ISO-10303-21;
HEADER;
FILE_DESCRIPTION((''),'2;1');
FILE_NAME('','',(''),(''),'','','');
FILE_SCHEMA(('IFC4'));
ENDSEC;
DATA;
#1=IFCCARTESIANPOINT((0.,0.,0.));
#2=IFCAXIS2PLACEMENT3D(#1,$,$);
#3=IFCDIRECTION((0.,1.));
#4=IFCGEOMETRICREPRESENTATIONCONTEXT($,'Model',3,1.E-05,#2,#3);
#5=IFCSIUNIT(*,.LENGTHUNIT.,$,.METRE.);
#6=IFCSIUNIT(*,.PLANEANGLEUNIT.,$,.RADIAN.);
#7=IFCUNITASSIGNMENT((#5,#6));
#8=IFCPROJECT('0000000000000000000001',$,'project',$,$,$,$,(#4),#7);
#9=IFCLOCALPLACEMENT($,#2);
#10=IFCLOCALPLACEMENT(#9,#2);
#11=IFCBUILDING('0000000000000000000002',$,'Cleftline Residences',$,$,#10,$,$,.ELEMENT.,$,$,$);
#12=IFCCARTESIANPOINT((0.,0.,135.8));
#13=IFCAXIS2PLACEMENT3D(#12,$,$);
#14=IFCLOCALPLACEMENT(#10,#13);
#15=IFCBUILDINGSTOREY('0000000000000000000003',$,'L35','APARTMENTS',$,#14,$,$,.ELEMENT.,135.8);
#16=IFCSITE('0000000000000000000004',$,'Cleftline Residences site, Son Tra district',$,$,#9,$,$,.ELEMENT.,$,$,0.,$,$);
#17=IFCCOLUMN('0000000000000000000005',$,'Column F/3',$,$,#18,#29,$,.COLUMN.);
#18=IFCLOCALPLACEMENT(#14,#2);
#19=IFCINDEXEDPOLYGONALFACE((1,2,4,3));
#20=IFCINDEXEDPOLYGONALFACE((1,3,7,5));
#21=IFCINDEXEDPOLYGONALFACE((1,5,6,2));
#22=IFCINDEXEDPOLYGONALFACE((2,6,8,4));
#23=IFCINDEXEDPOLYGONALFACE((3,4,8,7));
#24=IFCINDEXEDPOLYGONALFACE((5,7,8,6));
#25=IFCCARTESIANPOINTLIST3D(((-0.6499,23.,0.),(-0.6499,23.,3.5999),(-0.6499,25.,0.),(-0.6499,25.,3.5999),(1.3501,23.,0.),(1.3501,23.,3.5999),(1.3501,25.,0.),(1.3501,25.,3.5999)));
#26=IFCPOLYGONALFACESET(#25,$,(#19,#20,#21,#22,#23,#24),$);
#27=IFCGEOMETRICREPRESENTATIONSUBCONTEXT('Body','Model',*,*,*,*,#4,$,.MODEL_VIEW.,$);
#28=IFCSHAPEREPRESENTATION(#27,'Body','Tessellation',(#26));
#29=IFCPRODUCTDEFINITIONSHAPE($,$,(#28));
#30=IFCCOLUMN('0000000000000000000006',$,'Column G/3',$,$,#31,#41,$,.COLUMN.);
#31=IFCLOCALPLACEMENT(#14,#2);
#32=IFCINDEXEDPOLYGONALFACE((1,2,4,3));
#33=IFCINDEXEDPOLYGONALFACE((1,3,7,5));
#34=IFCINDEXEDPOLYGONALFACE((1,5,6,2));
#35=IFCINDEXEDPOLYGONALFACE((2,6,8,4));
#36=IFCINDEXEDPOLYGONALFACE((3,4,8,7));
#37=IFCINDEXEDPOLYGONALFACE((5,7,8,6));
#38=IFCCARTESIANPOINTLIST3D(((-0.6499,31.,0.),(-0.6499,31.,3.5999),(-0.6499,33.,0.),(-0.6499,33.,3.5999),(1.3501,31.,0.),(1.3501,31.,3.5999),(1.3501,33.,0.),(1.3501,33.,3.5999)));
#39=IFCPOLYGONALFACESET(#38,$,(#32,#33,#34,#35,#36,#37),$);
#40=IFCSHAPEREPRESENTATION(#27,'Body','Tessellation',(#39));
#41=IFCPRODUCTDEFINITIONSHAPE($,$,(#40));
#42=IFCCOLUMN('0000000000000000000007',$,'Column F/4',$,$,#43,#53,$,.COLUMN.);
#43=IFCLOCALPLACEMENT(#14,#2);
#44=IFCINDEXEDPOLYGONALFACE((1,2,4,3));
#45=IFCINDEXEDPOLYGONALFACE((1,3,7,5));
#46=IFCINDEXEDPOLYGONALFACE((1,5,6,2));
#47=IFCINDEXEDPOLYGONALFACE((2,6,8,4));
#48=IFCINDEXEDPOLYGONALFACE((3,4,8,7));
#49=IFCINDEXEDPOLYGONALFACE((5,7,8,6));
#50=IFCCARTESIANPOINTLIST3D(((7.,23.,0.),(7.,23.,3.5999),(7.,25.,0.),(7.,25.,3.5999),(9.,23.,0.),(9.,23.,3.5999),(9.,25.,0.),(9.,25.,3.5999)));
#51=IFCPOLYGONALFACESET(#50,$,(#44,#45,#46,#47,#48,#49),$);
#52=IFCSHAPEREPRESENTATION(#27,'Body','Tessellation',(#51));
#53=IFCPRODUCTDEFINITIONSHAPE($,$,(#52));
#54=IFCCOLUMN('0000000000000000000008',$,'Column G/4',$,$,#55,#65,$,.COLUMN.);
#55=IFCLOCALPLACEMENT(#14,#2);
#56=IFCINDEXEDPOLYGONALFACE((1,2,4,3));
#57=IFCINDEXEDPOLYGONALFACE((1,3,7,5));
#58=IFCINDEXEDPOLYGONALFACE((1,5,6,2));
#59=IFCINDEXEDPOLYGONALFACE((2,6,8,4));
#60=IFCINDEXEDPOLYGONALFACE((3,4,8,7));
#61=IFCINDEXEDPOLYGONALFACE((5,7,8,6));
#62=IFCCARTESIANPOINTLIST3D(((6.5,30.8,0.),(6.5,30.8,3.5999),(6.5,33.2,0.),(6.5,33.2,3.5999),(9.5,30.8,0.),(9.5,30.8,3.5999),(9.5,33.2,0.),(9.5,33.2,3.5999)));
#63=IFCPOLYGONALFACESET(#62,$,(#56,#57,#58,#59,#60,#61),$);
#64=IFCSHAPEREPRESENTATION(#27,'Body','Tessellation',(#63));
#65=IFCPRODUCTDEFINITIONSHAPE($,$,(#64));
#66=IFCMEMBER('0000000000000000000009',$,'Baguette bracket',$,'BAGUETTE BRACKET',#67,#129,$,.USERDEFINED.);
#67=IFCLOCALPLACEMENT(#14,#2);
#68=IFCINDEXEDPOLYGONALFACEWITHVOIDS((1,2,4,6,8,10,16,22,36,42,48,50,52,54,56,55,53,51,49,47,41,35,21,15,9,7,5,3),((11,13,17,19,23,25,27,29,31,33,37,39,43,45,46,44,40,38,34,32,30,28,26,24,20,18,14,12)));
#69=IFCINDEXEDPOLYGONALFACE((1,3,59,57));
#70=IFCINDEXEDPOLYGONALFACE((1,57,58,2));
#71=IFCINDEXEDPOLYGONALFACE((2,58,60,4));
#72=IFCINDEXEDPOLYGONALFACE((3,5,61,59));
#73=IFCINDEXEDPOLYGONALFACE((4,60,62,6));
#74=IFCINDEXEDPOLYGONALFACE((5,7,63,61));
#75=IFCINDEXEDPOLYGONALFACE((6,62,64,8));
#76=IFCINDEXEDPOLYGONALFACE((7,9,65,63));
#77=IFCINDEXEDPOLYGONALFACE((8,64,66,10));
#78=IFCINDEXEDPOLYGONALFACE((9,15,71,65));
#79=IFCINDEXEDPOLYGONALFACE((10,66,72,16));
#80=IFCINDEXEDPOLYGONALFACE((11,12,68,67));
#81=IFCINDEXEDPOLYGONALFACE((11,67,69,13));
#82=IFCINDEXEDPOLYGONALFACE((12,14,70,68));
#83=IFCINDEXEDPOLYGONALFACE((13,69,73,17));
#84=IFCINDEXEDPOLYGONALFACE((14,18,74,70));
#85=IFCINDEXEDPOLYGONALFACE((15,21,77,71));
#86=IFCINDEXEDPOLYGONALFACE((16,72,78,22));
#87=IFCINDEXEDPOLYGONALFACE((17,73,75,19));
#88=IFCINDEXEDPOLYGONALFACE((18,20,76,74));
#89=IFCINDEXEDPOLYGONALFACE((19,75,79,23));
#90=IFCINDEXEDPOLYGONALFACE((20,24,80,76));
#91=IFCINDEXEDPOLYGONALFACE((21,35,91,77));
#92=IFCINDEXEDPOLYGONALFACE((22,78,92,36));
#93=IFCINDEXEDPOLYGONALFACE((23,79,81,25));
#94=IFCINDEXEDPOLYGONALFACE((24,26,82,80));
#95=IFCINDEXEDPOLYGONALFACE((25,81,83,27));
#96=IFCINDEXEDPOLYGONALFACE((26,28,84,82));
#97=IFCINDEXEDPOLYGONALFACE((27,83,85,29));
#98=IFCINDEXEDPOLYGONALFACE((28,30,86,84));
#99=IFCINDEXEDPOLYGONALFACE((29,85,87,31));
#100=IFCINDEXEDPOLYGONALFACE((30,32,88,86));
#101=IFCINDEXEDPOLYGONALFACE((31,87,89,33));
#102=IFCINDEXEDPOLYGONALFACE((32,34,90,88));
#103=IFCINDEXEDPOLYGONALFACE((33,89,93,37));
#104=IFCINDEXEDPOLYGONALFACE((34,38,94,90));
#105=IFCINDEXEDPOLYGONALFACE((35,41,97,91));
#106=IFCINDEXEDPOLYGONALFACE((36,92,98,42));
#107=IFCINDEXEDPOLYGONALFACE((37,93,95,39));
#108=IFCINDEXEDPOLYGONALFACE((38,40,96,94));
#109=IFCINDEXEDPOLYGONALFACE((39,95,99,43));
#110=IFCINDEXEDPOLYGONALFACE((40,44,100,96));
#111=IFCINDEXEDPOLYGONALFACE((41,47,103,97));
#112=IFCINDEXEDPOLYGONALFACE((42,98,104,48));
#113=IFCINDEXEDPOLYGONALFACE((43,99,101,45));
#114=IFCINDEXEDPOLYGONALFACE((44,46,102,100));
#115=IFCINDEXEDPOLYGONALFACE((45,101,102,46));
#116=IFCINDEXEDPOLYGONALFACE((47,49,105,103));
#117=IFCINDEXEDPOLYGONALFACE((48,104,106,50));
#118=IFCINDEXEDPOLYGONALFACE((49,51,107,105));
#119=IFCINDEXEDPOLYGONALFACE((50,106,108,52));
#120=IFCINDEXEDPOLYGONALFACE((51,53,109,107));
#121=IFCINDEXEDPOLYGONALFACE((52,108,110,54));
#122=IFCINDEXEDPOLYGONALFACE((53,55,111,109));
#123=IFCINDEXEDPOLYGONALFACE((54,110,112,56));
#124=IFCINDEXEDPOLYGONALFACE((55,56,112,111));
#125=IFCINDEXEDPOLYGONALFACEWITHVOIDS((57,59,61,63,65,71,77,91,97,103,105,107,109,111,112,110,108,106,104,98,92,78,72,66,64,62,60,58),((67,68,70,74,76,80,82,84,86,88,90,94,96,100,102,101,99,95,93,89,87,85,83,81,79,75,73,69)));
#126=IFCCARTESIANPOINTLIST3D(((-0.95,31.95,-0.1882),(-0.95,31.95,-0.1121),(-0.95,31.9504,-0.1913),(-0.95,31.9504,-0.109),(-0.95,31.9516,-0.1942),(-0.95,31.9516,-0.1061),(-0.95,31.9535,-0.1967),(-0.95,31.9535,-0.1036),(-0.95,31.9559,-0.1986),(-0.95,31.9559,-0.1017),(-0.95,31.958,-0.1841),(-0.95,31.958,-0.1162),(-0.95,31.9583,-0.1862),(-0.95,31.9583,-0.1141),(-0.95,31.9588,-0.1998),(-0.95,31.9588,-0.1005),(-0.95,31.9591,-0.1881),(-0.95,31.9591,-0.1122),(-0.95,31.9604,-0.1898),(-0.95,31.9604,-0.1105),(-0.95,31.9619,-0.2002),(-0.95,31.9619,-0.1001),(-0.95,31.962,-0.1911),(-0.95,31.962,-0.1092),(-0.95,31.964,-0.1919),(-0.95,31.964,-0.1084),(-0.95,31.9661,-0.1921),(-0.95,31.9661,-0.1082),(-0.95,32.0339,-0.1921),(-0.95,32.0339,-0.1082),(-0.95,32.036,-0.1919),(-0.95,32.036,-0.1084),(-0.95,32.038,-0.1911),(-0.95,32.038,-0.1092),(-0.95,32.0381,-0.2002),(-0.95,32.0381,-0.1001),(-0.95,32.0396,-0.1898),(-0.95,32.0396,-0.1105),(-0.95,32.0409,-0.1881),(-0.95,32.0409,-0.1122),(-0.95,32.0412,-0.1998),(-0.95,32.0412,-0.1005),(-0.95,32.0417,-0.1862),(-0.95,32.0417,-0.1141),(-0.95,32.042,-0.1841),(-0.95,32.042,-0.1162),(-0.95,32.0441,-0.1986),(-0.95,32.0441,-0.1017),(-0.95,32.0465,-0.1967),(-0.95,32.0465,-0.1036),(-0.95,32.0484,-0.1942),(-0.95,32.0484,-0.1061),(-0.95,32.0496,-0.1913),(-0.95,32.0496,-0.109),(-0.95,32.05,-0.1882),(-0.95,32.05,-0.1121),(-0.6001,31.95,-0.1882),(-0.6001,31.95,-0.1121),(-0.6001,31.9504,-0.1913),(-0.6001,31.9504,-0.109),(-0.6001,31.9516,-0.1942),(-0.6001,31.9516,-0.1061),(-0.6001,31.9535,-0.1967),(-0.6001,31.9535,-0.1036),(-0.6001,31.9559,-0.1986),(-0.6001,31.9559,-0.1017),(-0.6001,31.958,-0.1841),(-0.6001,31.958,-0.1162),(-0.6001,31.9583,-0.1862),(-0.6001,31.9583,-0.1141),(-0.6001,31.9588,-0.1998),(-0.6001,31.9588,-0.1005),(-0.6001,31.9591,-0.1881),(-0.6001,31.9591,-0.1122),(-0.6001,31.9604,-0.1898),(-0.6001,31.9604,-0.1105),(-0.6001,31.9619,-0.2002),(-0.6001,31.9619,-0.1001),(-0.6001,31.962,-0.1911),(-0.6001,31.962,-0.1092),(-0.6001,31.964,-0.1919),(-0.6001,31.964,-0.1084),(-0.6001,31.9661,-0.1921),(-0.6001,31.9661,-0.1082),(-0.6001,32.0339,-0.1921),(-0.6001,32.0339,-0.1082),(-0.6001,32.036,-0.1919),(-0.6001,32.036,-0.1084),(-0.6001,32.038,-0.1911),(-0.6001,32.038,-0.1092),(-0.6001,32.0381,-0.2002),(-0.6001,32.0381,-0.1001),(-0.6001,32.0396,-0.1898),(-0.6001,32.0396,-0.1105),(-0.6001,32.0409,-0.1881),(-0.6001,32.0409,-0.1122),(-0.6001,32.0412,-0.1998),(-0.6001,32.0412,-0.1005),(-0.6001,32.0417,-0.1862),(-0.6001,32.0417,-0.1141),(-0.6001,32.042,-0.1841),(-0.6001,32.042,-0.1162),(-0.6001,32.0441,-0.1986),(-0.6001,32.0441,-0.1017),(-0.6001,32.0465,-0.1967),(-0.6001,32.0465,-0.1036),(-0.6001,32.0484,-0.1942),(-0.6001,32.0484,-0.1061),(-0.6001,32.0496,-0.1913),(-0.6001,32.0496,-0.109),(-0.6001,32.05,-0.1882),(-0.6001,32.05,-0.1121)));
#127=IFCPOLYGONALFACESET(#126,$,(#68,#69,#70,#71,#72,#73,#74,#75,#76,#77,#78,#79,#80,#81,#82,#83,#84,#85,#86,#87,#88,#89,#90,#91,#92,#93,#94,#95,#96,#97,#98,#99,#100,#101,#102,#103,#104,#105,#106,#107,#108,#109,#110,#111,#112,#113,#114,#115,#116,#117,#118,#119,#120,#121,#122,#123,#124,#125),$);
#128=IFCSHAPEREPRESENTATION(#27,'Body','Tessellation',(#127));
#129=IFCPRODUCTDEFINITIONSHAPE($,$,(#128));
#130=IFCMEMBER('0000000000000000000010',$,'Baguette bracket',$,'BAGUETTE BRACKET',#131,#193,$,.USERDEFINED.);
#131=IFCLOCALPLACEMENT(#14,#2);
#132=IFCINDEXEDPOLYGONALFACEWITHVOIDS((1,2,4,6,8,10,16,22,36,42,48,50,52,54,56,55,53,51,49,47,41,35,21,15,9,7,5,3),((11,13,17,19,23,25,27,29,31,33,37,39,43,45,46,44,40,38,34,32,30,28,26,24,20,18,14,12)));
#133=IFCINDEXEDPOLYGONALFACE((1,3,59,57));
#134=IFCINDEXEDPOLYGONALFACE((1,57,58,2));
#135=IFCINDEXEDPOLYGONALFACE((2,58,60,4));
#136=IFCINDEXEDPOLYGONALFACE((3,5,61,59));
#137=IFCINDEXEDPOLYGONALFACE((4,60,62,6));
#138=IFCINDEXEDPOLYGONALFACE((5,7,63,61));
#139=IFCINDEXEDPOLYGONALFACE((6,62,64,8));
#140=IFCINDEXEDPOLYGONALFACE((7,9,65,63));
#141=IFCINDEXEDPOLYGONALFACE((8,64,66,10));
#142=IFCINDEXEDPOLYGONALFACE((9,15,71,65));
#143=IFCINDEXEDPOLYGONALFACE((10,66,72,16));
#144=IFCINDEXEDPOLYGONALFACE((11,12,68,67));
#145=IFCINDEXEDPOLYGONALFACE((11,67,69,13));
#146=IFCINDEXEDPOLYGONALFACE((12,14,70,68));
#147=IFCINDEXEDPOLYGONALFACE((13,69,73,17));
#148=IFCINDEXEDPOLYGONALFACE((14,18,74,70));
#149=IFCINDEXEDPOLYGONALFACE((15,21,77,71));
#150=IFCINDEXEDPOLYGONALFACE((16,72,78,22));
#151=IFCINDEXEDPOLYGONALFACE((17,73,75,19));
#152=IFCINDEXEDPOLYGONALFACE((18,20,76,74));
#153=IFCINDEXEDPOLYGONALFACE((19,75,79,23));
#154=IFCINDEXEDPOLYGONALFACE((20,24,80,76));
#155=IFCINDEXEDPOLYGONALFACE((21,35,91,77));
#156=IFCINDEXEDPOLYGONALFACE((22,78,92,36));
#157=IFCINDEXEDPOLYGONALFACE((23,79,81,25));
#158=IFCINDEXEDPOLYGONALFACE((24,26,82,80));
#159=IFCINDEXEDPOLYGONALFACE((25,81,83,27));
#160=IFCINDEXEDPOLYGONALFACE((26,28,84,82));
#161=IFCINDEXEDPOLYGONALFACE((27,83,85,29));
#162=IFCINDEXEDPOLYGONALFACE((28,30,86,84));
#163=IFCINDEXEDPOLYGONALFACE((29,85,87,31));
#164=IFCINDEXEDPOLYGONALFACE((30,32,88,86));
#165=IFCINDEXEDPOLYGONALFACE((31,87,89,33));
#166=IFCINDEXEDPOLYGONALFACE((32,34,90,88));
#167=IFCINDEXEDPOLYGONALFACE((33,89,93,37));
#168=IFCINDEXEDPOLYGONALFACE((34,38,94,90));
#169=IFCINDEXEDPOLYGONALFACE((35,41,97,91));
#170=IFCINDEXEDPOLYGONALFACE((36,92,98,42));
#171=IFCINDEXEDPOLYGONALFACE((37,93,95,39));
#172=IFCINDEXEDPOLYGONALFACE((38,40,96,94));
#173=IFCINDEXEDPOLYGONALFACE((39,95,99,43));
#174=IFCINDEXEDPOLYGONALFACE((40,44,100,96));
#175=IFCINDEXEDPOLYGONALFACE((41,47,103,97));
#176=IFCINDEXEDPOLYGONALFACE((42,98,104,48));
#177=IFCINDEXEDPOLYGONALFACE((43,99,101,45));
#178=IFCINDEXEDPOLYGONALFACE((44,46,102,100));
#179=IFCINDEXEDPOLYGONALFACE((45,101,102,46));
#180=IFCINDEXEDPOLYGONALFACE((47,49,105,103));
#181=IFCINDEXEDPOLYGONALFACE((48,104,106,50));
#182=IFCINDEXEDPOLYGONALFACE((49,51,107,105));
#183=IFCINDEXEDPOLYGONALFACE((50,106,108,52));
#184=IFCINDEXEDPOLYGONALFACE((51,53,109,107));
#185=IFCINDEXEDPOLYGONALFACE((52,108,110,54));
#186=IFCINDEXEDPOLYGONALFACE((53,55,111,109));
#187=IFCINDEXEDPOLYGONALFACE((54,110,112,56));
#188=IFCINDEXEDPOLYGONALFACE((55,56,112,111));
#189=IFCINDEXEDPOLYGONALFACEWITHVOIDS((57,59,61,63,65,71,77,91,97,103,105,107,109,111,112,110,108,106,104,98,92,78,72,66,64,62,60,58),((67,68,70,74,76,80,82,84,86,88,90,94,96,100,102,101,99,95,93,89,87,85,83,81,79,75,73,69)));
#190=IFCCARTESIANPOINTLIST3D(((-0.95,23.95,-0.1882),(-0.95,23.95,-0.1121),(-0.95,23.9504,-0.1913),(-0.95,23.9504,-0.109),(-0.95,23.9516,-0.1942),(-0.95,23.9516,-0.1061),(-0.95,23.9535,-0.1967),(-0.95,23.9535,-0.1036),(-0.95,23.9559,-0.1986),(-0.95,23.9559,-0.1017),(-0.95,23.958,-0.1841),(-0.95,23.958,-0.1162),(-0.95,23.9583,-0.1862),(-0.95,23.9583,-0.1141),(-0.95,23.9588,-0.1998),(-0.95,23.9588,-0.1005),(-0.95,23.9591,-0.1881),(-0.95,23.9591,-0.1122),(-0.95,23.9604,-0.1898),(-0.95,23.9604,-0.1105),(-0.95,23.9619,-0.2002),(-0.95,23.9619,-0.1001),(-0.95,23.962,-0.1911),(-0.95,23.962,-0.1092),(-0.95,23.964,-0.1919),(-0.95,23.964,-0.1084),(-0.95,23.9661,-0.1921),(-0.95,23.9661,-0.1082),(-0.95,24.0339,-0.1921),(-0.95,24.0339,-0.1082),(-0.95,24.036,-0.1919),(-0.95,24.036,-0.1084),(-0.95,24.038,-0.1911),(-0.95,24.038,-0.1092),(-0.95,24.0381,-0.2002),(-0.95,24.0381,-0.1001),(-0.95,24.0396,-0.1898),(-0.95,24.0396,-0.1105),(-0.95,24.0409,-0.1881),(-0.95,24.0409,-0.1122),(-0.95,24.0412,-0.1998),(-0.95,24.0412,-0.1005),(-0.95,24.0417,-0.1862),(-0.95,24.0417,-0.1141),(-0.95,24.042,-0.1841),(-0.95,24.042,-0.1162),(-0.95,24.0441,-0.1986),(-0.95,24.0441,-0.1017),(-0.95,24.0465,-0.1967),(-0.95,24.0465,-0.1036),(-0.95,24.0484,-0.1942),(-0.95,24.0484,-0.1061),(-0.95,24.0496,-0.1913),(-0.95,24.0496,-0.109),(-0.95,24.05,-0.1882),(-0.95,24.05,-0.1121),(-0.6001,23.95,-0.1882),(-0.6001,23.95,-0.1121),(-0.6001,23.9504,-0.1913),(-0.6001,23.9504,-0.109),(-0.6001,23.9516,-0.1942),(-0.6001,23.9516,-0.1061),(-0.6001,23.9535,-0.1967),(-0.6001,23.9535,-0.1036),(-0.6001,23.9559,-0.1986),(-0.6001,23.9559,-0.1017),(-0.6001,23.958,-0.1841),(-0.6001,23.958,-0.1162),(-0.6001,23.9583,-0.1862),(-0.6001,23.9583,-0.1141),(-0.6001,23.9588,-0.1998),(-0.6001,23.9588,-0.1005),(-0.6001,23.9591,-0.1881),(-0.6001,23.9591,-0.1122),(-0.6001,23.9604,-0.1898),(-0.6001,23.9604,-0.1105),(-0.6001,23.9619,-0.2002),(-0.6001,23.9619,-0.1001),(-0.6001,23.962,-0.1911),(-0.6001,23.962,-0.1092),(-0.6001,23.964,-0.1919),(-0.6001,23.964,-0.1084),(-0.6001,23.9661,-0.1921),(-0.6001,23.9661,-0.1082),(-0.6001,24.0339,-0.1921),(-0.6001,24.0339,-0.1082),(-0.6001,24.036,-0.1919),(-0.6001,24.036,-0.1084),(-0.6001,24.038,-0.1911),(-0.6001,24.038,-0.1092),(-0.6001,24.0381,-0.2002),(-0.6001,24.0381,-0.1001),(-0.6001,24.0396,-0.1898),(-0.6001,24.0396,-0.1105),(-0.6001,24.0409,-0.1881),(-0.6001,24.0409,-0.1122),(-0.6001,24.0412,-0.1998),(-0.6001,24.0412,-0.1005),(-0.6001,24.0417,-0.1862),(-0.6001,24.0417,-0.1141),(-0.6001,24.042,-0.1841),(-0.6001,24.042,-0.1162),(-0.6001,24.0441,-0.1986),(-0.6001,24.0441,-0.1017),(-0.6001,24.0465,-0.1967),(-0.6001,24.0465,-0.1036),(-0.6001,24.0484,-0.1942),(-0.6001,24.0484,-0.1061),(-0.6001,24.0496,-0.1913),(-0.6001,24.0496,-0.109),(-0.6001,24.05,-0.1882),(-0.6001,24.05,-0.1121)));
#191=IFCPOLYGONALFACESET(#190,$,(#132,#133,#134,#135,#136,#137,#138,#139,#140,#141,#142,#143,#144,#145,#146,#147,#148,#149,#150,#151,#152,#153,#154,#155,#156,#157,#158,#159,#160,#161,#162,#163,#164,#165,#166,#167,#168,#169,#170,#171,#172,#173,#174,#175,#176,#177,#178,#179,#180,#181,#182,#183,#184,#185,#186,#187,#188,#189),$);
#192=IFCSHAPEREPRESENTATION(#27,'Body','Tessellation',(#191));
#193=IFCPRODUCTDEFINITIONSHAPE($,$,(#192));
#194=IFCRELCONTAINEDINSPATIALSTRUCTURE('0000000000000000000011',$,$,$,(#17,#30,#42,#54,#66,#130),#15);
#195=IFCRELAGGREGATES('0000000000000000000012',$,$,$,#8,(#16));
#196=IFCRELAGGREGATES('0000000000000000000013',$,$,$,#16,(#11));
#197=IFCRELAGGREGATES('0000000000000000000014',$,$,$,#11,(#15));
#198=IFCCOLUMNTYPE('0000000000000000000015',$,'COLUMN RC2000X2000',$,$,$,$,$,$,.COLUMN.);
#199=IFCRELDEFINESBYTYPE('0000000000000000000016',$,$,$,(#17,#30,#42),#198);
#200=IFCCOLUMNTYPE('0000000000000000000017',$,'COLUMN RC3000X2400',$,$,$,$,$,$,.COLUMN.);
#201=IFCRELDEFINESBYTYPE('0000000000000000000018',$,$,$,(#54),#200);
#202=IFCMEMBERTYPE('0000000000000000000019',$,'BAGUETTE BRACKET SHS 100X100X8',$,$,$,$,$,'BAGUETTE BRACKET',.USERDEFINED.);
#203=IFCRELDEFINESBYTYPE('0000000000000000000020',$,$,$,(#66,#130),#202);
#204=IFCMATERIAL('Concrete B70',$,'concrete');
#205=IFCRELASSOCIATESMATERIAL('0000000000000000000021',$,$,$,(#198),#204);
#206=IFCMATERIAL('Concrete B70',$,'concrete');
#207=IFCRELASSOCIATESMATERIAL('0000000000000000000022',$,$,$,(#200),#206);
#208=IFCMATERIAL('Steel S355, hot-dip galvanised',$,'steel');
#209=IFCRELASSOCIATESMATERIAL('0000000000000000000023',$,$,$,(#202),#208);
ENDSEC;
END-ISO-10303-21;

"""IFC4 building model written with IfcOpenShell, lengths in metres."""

from ifc_helpers import new_model, si_unit, direction, frame, origin, origin_2d, place, context, subcontext, project, spatial, rectangle, hollow_rectangle, extrude, material, material_profile, profile_set, type_object, element, save


model = new_model("IFC4")

# Units and contexts
model_context = context("Model", 3, precision=1e-05, world=origin(), true_north=direction((0.0, 1.0)))
body_context = subcontext(model_context, "Body", "Model", "MODEL_VIEW")
ifc_project = project(units=[si_unit("LENGTHUNIT", "METRE"), si_unit("PLANEANGLEUNIT", "RADIAN")], contexts=[model_context])

# Site, building, storey
site_placement = place(None, origin())
site = spatial("IfcSite", under=ifc_project, at=site_placement, Name="Cleftline Residences site, Son Tra district", CompositionType="ELEMENT", RefElevation=0.0)
building_placement = place(site_placement, origin())
building = spatial("IfcBuilding", under=site, at=building_placement, Name="Cleftline Residences", CompositionType="ELEMENT")
storey_placement = place(building_placement, frame((0.0, 0.0, 135.8)))
storey = spatial("IfcBuildingStorey", under=building, at=storey_placement, Name="L35", Description="APARTMENTS", CompositionType="ELEMENT", Elevation=135.8)

# Columns
ifc_material_1 = material(Name="Concrete B70", Category="concrete")
ifc_material_profile_1 = material_profile(ifc_material_1, rectangle(XDim=2.0, YDim=2.0, at=origin_2d()))
ifc_profile_set_1 = profile_set([ifc_material_profile_1], Name="Concrete B70")
column_type_1 = type_object("IfcColumnType", Name="COLUMN RC2000X2000", PredefinedType="COLUMN", material=ifc_profile_set_1)
for number, where, z_axis, x_axis, name in (
    (1, (0.3501, 24.0, 0.0), (0.0, 0.0, 1.0), (1.0, 0.0, 0.0), "Column F/3"),
    (2, (0.3501, 32.0, 0.0), (0.0, 0.0, 1.0), (1.0, 0.0, 0.0), "Column G/3"),
    (3, (8.0, 24.0, 0.0), (0.0, 0.0, 1.0), (1.0, 0.0, 0.0), "Column F/4"),
):
    element("IfcColumn", number, at=place(storey_placement, frame(where, z_axis=z_axis, x_axis=x_axis)), inside=storey, type_object=column_type_1, Name=name, PredefinedType="COLUMN", context=body_context, shape_type="SweptSolid", body=[
        extrude(rectangle(XDim=2.0, YDim=2.0, at=origin_2d()), origin(), (0.0, 0.0, 1.0), 3.5999),
    ])
ifc_material_2 = material(Name="Concrete B70", Category="concrete")
ifc_material_profile_2 = material_profile(ifc_material_2, rectangle(XDim=3.0, YDim=2.3999, at=origin_2d()))
ifc_profile_set_2 = profile_set([ifc_material_profile_2], Name="Concrete B70")
column_type_2 = type_object("IfcColumnType", Name="COLUMN RC3000X2400", PredefinedType="COLUMN", material=ifc_profile_set_2)
column_placement = place(storey_placement, frame((8.0, 32.0, 0.0), z_axis=(0.0, 0.0, 1.0), x_axis=(1.0, 0.0, 0.0)))
element("IfcColumn", 4, at=column_placement, inside=storey, type_object=column_type_2, Name="Column G/4", PredefinedType="COLUMN", context=body_context, shape_type="SweptSolid", body=[
    extrude(rectangle(XDim=3.0, YDim=2.3999, at=origin_2d()), origin(), (0.0, 0.0, 1.0), 3.5999),
])

# Members
ifc_material_3 = material(Name="Steel S355, hot-dip galvanised", Category="steel")
ifc_material_profile_3 = material_profile(ifc_material_3, hollow_rectangle(XDim=0.1001, YDim=0.1001, WallThickness=0.0081, InnerFilletRadius=0.0081, OuterFilletRadius=0.012, at=origin_2d()))
ifc_profile_set_3 = profile_set([ifc_material_profile_3], Name="Steel S355, hot-dip galvanised")
member_type_1 = type_object("IfcMemberType", Name="BAGUETTE BRACKET SHS 100X100X8", ElementType="BAGUETTE BRACKET", PredefinedType="USERDEFINED", material=ifc_profile_set_3)
for number, where, z_axis, x_axis, name in (
    (5, (-0.6001, 32.0, -0.1501), (-1.0, 0.0, 0.0), (0.0, -1.0, 0.0), "Baguette bracket"),
    (6, (-0.6001, 24.0, -0.1501), (-1.0, 0.0, 0.0), (0.0, -1.0, 0.0), "Baguette bracket"),
):
    element("IfcMember", number, at=place(storey_placement, frame(where, z_axis=z_axis, x_axis=x_axis)), inside=storey, type_object=member_type_1, Name=name, ObjectType="BAGUETTE BRACKET", PredefinedType="USERDEFINED", context=body_context, shape_type="SweptSolid", body=[
        extrude(hollow_rectangle(XDim=0.1001, YDim=0.1001, WallThickness=0.0081, InnerFilletRadius=0.0081, OuterFilletRadius=0.012, at=origin_2d()), origin(), (0.0, 0.0, 1.0), 0.3499),
    ])

save(model, "model.ifc")
